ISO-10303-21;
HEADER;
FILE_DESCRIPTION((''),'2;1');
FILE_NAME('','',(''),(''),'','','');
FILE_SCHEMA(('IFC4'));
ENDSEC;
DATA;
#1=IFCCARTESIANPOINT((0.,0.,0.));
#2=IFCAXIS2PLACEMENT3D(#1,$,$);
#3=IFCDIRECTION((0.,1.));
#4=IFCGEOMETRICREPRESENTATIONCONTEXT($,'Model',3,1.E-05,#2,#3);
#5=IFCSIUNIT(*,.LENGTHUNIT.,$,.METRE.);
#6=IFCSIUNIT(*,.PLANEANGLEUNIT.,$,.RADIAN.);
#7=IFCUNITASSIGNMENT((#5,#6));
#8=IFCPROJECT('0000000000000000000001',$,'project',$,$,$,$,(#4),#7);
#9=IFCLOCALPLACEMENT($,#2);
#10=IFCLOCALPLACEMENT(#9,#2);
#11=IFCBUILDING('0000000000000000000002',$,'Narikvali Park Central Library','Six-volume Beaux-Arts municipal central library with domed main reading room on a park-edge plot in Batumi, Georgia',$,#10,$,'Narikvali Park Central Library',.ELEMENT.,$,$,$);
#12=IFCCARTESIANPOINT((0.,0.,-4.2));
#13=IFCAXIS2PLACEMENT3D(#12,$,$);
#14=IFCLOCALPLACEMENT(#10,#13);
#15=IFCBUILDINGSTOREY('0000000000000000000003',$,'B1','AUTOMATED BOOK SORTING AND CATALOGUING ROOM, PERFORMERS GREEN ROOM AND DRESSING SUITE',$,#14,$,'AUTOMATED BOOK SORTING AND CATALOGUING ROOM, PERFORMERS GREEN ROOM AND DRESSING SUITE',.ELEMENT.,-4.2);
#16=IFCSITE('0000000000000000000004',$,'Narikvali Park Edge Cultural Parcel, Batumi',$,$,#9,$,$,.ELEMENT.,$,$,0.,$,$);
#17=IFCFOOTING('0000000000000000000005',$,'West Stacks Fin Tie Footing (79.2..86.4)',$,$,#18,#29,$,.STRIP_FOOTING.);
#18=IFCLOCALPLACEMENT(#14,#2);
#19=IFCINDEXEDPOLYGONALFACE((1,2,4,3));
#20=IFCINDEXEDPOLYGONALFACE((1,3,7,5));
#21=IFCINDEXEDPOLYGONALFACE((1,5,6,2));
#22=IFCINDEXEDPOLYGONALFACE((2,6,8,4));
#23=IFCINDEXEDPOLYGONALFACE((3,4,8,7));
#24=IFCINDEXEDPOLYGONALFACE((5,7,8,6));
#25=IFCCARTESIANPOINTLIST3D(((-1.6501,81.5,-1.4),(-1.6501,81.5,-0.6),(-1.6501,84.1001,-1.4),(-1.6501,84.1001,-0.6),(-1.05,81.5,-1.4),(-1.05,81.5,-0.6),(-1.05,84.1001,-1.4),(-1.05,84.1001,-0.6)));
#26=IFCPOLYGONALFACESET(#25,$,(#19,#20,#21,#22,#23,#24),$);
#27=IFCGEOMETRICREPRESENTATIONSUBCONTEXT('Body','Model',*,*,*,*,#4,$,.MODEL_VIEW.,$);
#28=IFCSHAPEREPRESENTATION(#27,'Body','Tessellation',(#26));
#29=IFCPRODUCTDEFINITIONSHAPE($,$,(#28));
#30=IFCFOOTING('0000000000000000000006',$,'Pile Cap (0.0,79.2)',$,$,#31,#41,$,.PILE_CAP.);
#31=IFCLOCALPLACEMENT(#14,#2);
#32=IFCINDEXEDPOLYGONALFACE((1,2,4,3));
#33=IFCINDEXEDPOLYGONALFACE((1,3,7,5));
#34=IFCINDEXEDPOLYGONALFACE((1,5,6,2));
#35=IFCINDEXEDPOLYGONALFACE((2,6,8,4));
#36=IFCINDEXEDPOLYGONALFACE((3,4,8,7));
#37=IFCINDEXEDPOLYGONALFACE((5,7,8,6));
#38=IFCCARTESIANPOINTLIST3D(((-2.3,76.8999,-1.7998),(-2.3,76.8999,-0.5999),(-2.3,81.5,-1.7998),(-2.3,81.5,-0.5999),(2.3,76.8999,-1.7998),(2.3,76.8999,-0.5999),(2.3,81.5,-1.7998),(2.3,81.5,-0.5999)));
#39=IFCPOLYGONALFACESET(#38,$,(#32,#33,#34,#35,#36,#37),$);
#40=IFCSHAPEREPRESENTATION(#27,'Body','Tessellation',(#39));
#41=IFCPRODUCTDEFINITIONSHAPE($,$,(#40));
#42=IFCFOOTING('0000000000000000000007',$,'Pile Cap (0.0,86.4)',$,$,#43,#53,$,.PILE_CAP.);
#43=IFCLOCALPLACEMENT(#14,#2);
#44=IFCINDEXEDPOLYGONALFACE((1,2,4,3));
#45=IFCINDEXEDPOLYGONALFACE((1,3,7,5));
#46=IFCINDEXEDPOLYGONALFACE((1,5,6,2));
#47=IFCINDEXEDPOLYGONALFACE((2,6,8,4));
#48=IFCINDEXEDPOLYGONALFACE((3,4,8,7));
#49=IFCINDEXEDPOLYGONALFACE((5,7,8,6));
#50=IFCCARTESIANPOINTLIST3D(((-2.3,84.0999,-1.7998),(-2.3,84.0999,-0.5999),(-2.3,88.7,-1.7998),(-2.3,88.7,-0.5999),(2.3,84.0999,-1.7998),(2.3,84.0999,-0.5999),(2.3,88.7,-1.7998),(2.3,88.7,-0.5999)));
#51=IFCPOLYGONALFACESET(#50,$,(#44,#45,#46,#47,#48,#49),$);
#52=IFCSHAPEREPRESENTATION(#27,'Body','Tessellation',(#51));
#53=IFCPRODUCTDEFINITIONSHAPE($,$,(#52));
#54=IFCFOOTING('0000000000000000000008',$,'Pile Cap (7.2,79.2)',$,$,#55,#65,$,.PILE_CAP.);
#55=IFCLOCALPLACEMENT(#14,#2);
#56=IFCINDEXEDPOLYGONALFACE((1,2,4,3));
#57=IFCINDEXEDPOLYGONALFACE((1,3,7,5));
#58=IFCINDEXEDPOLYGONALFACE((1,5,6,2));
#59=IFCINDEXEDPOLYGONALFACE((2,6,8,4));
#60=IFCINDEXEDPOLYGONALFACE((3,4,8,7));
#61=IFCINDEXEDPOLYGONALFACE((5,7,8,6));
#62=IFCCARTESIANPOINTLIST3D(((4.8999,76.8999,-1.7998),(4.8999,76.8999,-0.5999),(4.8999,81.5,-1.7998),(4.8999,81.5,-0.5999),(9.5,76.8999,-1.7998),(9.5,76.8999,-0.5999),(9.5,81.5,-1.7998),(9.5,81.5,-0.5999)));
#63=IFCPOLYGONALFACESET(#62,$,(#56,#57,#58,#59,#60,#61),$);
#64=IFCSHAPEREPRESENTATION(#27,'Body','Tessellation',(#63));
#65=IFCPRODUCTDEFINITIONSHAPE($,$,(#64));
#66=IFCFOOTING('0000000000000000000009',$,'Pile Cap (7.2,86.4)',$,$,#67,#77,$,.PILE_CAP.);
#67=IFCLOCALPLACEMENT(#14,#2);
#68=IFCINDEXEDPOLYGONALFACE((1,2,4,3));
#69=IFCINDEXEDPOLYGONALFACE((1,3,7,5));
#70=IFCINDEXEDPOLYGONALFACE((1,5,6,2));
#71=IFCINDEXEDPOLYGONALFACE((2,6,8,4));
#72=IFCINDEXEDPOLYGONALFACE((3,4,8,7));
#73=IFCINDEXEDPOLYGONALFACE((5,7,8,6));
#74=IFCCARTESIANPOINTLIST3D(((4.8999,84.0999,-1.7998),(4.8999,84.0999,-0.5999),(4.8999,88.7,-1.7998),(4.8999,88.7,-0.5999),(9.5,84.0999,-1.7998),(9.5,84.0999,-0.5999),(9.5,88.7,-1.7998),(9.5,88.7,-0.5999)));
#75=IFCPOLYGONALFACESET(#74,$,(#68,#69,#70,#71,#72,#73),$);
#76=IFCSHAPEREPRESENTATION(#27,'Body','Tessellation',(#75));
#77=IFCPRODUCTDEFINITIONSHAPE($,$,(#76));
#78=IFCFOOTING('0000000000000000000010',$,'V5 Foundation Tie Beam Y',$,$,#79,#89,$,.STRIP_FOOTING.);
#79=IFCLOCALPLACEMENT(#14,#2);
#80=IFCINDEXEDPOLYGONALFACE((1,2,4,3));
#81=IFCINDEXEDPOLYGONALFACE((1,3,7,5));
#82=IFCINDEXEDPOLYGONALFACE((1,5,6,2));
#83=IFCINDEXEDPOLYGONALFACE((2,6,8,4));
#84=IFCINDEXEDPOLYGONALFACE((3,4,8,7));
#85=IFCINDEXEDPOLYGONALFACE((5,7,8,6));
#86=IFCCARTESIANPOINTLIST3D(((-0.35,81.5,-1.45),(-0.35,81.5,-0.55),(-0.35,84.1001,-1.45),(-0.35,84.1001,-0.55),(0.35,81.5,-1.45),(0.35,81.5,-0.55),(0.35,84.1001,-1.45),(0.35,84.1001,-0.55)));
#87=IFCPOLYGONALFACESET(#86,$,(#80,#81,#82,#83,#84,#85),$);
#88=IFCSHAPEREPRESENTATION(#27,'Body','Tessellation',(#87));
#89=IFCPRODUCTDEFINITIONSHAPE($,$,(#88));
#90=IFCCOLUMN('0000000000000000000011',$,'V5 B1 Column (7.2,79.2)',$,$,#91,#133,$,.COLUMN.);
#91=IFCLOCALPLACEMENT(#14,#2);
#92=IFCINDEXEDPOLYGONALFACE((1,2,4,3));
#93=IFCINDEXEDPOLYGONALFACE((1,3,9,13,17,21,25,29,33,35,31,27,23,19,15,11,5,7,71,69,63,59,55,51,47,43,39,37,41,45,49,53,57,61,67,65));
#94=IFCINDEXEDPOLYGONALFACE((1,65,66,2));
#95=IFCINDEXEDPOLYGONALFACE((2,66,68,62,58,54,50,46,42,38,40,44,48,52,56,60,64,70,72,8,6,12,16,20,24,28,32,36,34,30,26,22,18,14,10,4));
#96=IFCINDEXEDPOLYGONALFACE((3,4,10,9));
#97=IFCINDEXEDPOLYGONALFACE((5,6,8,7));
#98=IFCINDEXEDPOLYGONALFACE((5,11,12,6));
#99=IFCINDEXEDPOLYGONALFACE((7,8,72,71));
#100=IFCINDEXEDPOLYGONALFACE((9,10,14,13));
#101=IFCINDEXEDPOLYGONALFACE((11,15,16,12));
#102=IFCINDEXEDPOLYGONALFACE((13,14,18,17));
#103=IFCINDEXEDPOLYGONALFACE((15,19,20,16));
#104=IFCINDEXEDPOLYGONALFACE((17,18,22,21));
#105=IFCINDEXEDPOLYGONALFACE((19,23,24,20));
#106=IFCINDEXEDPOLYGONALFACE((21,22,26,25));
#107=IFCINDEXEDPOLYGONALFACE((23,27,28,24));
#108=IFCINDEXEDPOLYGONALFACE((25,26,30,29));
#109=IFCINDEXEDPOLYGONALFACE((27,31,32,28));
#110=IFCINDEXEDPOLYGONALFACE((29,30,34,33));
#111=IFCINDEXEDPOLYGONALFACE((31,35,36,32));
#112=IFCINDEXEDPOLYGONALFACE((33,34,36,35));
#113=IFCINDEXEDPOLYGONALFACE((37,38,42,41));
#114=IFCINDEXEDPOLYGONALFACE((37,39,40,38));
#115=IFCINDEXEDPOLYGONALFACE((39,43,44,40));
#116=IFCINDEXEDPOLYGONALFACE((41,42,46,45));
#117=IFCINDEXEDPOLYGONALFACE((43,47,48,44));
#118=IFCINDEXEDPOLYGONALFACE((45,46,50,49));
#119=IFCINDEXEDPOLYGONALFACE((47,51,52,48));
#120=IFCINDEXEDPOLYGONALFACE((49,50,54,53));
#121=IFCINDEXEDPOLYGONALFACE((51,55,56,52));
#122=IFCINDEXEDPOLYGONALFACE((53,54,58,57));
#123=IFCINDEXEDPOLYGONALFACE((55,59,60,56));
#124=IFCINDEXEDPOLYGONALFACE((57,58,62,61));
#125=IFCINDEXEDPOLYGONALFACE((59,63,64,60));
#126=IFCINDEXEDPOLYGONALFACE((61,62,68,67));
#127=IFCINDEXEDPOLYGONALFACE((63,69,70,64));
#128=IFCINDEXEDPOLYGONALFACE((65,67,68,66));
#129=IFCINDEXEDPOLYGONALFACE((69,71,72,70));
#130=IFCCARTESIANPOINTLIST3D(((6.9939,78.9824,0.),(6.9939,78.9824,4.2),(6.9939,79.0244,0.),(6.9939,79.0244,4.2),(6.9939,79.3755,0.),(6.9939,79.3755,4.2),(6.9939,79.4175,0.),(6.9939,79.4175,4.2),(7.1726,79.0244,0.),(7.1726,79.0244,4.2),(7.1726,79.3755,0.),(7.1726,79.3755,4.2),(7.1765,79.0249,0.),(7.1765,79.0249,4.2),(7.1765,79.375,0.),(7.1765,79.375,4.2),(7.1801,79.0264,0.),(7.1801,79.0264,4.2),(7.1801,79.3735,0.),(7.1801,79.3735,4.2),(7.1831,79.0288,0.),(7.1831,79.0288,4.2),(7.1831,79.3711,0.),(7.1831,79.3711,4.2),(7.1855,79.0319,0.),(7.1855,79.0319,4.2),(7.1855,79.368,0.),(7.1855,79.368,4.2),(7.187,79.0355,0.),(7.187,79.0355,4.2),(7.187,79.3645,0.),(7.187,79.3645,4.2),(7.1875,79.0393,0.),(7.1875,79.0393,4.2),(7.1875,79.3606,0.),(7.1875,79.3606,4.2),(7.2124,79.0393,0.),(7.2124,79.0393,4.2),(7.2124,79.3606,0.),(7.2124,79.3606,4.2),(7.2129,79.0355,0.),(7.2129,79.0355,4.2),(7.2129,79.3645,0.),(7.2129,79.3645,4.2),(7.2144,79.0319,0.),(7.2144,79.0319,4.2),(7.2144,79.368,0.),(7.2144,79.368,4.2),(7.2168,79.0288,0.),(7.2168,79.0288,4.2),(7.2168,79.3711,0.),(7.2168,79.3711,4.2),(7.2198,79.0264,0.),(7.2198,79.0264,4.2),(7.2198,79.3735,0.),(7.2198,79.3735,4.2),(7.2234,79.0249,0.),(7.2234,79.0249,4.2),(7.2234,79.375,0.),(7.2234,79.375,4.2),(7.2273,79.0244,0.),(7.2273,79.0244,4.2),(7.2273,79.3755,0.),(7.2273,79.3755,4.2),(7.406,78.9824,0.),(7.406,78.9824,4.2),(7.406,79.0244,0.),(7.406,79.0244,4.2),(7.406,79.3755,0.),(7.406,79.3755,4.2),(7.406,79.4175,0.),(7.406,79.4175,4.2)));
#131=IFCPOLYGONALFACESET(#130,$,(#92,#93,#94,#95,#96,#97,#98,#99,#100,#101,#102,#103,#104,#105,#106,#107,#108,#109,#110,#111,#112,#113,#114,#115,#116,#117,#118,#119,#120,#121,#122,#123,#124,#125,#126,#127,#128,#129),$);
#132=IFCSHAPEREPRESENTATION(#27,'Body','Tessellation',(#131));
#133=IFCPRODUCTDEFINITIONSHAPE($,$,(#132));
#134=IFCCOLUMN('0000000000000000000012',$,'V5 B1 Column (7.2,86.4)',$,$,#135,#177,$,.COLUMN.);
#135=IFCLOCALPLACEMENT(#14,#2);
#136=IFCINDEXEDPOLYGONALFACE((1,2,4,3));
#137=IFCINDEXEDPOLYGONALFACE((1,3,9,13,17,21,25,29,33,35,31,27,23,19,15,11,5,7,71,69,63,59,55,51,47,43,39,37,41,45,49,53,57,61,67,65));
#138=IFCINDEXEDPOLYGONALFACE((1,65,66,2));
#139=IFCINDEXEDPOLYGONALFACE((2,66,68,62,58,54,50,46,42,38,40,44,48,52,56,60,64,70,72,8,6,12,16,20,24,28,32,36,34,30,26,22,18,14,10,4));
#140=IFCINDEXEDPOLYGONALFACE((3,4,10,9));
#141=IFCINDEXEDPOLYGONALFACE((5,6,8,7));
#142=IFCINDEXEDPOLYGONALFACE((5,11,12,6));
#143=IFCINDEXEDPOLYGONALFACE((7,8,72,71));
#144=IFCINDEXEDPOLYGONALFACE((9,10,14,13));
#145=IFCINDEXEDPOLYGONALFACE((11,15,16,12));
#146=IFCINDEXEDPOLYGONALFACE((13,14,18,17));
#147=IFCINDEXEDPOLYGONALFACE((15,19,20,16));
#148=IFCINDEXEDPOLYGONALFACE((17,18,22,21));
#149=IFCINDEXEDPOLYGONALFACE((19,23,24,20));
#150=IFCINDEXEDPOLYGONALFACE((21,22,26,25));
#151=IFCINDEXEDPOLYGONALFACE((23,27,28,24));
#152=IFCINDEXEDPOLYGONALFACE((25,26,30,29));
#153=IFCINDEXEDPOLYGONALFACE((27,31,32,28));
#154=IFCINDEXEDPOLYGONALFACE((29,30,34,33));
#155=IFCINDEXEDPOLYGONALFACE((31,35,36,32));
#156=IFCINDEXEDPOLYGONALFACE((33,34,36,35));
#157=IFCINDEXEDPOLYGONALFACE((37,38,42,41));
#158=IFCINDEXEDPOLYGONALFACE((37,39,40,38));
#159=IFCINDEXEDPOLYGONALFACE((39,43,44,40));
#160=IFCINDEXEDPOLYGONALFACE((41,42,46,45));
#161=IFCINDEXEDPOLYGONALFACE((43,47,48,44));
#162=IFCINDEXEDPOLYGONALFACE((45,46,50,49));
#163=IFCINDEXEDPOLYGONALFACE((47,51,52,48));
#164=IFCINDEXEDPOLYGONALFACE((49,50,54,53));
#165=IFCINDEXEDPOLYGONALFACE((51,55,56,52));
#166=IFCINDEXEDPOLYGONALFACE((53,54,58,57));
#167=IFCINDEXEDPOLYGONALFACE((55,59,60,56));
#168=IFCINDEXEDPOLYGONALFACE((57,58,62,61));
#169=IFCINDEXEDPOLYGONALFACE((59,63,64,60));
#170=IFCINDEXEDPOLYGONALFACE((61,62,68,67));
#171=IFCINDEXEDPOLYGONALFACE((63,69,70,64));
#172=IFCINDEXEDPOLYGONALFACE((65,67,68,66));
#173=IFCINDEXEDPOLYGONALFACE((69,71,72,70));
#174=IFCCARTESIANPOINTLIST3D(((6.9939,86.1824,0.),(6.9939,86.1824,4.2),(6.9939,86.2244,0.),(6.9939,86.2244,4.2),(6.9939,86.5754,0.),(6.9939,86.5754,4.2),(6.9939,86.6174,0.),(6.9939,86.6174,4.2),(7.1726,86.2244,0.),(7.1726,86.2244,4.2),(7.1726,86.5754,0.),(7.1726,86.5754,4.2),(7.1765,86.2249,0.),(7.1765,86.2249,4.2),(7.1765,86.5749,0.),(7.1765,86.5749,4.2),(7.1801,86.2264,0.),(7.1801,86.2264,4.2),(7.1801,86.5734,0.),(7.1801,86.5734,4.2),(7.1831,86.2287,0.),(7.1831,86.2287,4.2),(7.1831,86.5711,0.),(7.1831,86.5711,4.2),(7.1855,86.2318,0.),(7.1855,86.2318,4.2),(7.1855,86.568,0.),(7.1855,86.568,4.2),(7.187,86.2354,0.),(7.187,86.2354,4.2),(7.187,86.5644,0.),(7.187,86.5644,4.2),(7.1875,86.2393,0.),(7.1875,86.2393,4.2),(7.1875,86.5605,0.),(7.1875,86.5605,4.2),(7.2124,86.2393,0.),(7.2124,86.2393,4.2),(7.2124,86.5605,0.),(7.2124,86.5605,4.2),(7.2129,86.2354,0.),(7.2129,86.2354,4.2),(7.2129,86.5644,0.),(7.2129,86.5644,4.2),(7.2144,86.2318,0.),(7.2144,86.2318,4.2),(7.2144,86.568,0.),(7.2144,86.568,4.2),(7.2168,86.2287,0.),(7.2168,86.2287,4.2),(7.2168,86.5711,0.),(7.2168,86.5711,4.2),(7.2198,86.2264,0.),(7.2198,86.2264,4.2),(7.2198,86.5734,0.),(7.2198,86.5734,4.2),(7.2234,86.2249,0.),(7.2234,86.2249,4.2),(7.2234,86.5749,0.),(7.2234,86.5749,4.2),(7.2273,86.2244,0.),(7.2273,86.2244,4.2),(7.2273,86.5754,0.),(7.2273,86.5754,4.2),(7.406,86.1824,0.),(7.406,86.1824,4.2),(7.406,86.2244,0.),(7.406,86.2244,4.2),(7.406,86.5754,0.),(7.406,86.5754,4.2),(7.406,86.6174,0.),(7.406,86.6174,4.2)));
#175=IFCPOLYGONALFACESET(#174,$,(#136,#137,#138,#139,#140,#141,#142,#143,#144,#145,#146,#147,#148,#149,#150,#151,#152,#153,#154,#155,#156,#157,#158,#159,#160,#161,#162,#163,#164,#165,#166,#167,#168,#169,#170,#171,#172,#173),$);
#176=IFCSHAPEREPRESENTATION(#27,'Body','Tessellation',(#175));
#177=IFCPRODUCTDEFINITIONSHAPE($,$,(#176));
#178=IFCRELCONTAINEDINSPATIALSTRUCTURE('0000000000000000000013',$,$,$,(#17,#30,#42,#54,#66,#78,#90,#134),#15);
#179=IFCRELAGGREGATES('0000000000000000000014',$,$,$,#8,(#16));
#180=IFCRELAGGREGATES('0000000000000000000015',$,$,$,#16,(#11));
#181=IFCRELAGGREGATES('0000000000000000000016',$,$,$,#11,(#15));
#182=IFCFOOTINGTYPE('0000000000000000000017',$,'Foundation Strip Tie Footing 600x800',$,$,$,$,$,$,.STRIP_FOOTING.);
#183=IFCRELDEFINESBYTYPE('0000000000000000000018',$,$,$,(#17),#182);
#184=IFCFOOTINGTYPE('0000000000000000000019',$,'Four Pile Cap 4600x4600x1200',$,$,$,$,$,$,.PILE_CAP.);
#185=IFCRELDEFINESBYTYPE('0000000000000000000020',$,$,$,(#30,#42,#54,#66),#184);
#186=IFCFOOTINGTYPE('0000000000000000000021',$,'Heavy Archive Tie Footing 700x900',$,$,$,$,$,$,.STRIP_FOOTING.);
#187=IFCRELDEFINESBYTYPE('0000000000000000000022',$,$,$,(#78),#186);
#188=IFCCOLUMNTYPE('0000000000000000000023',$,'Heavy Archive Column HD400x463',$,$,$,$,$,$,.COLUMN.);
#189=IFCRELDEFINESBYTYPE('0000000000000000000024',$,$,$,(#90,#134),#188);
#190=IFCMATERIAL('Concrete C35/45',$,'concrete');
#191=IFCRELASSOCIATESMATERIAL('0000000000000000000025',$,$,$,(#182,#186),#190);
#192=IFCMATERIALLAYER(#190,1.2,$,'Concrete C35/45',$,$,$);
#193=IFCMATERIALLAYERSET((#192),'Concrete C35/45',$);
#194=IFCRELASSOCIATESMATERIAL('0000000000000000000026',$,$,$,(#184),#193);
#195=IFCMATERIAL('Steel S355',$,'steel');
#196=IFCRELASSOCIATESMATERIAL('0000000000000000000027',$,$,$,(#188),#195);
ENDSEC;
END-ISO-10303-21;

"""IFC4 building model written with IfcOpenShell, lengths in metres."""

from ifc_helpers import new_model, si_unit, direction, frame, origin, origin_2d, place, context, subcontext, project, spatial, rectangle, i_section, extrude, material, layer, layer_set, material_profile, profile_set, type_object, element, save


model = new_model("IFC4")

# Units and contexts
model_context = context("Model", 3, precision=1e-05, world=origin(), true_north=direction((0.0, 1.0)))
body_context = subcontext(model_context, "Body", "Model", "MODEL_VIEW")
ifc_project = project(units=[si_unit("LENGTHUNIT", "METRE"), si_unit("PLANEANGLEUNIT", "RADIAN")], contexts=[model_context])

# Site, building, storey
site_placement = place(None, origin())
site = spatial("IfcSite", under=ifc_project, at=site_placement, Name="Narikvali Park Edge Cultural Parcel, Batumi", CompositionType="ELEMENT", RefElevation=0.0)
building_placement = place(site_placement, origin())
building = spatial("IfcBuilding", under=site, at=building_placement, Name="Narikvali Park Central Library", Description="Six-volume Beaux-Arts municipal central library with domed main reading room on a park-edge plot in Batumi, Georgia", LongName="Narikvali Park Central Library", CompositionType="ELEMENT")
storey_placement = place(building_placement, frame((0.0, 0.0, -4.2)))
storey = spatial("IfcBuildingStorey", under=building, at=storey_placement, Name="B1", Description="AUTOMATED BOOK SORTING AND CATALOGUING ROOM, PERFORMERS GREEN ROOM AND DRESSING SUITE", LongName="AUTOMATED BOOK SORTING AND CATALOGUING ROOM, PERFORMERS GREEN ROOM AND DRESSING SUITE", CompositionType="ELEMENT", Elevation=-4.2)

# Shared definitions
ifc_material_1 = material(Name="Concrete C35/45", Category="concrete")

# Footings
ifc_material_profile_1 = material_profile(ifc_material_1, rectangle(XDim=0.6001, YDim=0.8, at=origin_2d()), Name="RC GB 600x800")
ifc_profile_set_1 = profile_set([ifc_material_profile_1], Name="Concrete C35/45")
footing_type_1 = type_object("IfcFootingType", Name="Foundation Strip Tie Footing 600x800", PredefinedType="STRIP_FOOTING", material=ifc_profile_set_1)
footing_1_placement = place(storey_placement, frame((-1.3501, 81.5, -1.0), z_axis=(0.0, 1.0, 0.0), x_axis=(-1.0, 0.0, 0.0)))
element("IfcFooting", 1, at=footing_1_placement, inside=storey, type_object=footing_type_1, Name="West Stacks Fin Tie Footing (79.2..86.4)", PredefinedType="STRIP_FOOTING", context=body_context, shape_type="SweptSolid", body=[
    extrude(rectangle(XDim=0.6001, YDim=0.8, at=origin_2d()), origin(), (0.0, 0.0, 1.0), 2.6001),
])
ifc_layer_1 = layer(ifc_material_1, 1.2, Name="Concrete C35/45")
ifc_layer_set_1 = layer_set([ifc_layer_1], Name="Concrete C35/45")
footing_type_2 = type_object("IfcFootingType", Name="Four Pile Cap 4600x4600x1200", PredefinedType="PILE_CAP", material=ifc_layer_set_1)
for number, where, z_axis, x_axis, name in (
    (2, (0.0, 79.2, -1.7998), (0.0, 0.0, 1.0), (1.0, 0.0, 0.0), "Pile Cap (0.0,79.2)"),
    (3, (0.0, 86.3999, -1.7998), (0.0, 0.0, 1.0), (1.0, 0.0, 0.0), "Pile Cap (0.0,86.4)"),
    (4, (7.2, 79.2, -1.7998), (0.0, 0.0, 1.0), (1.0, 0.0, 0.0), "Pile Cap (7.2,79.2)"),
    (5, (7.2, 86.3999, -1.7998), (0.0, 0.0, 1.0), (1.0, 0.0, 0.0), "Pile Cap (7.2,86.4)"),
):
    element("IfcFooting", number, at=place(storey_placement, frame(where, z_axis=z_axis, x_axis=x_axis)), inside=storey, type_object=footing_type_2, Name=name, PredefinedType="PILE_CAP", context=body_context, shape_type="SweptSolid", body=[
        extrude(rectangle(XDim=4.6001, YDim=4.6001, at=origin_2d()), origin(), (0.0, 0.0, 1.0), 1.2),
    ])
ifc_material_profile_2 = material_profile(ifc_material_1, rectangle(XDim=0.7, YDim=0.8999, at=origin_2d()), Name="RC GB 700x900")
ifc_profile_set_2 = profile_set([ifc_material_profile_2], Name="Concrete C35/45")
footing_type_3 = type_object("IfcFootingType", Name="Heavy Archive Tie Footing 700x900", PredefinedType="STRIP_FOOTING", material=ifc_profile_set_2)
footing_2_placement = place(storey_placement, frame((0.0, 81.5, -1.0), z_axis=(0.0, 1.0, 0.0), x_axis=(-1.0, 0.0, 0.0)))
element("IfcFooting", 6, at=footing_2_placement, inside=storey, type_object=footing_type_3, Name="V5 Foundation Tie Beam Y", PredefinedType="STRIP_FOOTING", context=body_context, shape_type="SweptSolid", body=[
    extrude(rectangle(XDim=0.7, YDim=0.8999, at=origin_2d()), origin(), (0.0, 0.0, 1.0), 2.6001),
])

# Columns
ifc_material_2 = material(Name="Steel S355", Category="steel")
ifc_material_profile_3 = material_profile(ifc_material_2, i_section(OverallWidth=0.4121, OverallDepth=0.4351, WebThickness=0.0249, FlangeThickness=0.042, FilletRadius=0.0149, at=origin_2d()), Name="HD 400x463")
ifc_profile_set_3 = profile_set([ifc_material_profile_3], Name="Steel S355")
column_type_1 = type_object("IfcColumnType", Name="Heavy Archive Column HD400x463", PredefinedType="COLUMN", material=ifc_profile_set_3)
for number, where, z_axis, x_axis, name in (
    (7, (7.2, 79.2, 0.0), (0.0, 0.0, 1.0), (1.0, 0.0, 0.0), "V5 B1 Column (7.2,79.2)"),
    (8, (7.2, 86.3999, 0.0), (0.0, 0.0, 1.0), (1.0, 0.0, 0.0), "V5 B1 Column (7.2,86.4)"),
):
    element("IfcColumn", number, at=place(storey_placement, frame(where, z_axis=z_axis, x_axis=x_axis)), inside=storey, type_object=column_type_1, Name=name, PredefinedType="COLUMN", context=body_context, shape_type="SweptSolid", body=[
        extrude(i_section(OverallWidth=0.4121, OverallDepth=0.4351, WebThickness=0.0249, FlangeThickness=0.042, FilletRadius=0.0149, at=origin_2d()), origin(), (0.0, 0.0, 1.0), 4.2),
    ])

save(model, "model.ifc")
